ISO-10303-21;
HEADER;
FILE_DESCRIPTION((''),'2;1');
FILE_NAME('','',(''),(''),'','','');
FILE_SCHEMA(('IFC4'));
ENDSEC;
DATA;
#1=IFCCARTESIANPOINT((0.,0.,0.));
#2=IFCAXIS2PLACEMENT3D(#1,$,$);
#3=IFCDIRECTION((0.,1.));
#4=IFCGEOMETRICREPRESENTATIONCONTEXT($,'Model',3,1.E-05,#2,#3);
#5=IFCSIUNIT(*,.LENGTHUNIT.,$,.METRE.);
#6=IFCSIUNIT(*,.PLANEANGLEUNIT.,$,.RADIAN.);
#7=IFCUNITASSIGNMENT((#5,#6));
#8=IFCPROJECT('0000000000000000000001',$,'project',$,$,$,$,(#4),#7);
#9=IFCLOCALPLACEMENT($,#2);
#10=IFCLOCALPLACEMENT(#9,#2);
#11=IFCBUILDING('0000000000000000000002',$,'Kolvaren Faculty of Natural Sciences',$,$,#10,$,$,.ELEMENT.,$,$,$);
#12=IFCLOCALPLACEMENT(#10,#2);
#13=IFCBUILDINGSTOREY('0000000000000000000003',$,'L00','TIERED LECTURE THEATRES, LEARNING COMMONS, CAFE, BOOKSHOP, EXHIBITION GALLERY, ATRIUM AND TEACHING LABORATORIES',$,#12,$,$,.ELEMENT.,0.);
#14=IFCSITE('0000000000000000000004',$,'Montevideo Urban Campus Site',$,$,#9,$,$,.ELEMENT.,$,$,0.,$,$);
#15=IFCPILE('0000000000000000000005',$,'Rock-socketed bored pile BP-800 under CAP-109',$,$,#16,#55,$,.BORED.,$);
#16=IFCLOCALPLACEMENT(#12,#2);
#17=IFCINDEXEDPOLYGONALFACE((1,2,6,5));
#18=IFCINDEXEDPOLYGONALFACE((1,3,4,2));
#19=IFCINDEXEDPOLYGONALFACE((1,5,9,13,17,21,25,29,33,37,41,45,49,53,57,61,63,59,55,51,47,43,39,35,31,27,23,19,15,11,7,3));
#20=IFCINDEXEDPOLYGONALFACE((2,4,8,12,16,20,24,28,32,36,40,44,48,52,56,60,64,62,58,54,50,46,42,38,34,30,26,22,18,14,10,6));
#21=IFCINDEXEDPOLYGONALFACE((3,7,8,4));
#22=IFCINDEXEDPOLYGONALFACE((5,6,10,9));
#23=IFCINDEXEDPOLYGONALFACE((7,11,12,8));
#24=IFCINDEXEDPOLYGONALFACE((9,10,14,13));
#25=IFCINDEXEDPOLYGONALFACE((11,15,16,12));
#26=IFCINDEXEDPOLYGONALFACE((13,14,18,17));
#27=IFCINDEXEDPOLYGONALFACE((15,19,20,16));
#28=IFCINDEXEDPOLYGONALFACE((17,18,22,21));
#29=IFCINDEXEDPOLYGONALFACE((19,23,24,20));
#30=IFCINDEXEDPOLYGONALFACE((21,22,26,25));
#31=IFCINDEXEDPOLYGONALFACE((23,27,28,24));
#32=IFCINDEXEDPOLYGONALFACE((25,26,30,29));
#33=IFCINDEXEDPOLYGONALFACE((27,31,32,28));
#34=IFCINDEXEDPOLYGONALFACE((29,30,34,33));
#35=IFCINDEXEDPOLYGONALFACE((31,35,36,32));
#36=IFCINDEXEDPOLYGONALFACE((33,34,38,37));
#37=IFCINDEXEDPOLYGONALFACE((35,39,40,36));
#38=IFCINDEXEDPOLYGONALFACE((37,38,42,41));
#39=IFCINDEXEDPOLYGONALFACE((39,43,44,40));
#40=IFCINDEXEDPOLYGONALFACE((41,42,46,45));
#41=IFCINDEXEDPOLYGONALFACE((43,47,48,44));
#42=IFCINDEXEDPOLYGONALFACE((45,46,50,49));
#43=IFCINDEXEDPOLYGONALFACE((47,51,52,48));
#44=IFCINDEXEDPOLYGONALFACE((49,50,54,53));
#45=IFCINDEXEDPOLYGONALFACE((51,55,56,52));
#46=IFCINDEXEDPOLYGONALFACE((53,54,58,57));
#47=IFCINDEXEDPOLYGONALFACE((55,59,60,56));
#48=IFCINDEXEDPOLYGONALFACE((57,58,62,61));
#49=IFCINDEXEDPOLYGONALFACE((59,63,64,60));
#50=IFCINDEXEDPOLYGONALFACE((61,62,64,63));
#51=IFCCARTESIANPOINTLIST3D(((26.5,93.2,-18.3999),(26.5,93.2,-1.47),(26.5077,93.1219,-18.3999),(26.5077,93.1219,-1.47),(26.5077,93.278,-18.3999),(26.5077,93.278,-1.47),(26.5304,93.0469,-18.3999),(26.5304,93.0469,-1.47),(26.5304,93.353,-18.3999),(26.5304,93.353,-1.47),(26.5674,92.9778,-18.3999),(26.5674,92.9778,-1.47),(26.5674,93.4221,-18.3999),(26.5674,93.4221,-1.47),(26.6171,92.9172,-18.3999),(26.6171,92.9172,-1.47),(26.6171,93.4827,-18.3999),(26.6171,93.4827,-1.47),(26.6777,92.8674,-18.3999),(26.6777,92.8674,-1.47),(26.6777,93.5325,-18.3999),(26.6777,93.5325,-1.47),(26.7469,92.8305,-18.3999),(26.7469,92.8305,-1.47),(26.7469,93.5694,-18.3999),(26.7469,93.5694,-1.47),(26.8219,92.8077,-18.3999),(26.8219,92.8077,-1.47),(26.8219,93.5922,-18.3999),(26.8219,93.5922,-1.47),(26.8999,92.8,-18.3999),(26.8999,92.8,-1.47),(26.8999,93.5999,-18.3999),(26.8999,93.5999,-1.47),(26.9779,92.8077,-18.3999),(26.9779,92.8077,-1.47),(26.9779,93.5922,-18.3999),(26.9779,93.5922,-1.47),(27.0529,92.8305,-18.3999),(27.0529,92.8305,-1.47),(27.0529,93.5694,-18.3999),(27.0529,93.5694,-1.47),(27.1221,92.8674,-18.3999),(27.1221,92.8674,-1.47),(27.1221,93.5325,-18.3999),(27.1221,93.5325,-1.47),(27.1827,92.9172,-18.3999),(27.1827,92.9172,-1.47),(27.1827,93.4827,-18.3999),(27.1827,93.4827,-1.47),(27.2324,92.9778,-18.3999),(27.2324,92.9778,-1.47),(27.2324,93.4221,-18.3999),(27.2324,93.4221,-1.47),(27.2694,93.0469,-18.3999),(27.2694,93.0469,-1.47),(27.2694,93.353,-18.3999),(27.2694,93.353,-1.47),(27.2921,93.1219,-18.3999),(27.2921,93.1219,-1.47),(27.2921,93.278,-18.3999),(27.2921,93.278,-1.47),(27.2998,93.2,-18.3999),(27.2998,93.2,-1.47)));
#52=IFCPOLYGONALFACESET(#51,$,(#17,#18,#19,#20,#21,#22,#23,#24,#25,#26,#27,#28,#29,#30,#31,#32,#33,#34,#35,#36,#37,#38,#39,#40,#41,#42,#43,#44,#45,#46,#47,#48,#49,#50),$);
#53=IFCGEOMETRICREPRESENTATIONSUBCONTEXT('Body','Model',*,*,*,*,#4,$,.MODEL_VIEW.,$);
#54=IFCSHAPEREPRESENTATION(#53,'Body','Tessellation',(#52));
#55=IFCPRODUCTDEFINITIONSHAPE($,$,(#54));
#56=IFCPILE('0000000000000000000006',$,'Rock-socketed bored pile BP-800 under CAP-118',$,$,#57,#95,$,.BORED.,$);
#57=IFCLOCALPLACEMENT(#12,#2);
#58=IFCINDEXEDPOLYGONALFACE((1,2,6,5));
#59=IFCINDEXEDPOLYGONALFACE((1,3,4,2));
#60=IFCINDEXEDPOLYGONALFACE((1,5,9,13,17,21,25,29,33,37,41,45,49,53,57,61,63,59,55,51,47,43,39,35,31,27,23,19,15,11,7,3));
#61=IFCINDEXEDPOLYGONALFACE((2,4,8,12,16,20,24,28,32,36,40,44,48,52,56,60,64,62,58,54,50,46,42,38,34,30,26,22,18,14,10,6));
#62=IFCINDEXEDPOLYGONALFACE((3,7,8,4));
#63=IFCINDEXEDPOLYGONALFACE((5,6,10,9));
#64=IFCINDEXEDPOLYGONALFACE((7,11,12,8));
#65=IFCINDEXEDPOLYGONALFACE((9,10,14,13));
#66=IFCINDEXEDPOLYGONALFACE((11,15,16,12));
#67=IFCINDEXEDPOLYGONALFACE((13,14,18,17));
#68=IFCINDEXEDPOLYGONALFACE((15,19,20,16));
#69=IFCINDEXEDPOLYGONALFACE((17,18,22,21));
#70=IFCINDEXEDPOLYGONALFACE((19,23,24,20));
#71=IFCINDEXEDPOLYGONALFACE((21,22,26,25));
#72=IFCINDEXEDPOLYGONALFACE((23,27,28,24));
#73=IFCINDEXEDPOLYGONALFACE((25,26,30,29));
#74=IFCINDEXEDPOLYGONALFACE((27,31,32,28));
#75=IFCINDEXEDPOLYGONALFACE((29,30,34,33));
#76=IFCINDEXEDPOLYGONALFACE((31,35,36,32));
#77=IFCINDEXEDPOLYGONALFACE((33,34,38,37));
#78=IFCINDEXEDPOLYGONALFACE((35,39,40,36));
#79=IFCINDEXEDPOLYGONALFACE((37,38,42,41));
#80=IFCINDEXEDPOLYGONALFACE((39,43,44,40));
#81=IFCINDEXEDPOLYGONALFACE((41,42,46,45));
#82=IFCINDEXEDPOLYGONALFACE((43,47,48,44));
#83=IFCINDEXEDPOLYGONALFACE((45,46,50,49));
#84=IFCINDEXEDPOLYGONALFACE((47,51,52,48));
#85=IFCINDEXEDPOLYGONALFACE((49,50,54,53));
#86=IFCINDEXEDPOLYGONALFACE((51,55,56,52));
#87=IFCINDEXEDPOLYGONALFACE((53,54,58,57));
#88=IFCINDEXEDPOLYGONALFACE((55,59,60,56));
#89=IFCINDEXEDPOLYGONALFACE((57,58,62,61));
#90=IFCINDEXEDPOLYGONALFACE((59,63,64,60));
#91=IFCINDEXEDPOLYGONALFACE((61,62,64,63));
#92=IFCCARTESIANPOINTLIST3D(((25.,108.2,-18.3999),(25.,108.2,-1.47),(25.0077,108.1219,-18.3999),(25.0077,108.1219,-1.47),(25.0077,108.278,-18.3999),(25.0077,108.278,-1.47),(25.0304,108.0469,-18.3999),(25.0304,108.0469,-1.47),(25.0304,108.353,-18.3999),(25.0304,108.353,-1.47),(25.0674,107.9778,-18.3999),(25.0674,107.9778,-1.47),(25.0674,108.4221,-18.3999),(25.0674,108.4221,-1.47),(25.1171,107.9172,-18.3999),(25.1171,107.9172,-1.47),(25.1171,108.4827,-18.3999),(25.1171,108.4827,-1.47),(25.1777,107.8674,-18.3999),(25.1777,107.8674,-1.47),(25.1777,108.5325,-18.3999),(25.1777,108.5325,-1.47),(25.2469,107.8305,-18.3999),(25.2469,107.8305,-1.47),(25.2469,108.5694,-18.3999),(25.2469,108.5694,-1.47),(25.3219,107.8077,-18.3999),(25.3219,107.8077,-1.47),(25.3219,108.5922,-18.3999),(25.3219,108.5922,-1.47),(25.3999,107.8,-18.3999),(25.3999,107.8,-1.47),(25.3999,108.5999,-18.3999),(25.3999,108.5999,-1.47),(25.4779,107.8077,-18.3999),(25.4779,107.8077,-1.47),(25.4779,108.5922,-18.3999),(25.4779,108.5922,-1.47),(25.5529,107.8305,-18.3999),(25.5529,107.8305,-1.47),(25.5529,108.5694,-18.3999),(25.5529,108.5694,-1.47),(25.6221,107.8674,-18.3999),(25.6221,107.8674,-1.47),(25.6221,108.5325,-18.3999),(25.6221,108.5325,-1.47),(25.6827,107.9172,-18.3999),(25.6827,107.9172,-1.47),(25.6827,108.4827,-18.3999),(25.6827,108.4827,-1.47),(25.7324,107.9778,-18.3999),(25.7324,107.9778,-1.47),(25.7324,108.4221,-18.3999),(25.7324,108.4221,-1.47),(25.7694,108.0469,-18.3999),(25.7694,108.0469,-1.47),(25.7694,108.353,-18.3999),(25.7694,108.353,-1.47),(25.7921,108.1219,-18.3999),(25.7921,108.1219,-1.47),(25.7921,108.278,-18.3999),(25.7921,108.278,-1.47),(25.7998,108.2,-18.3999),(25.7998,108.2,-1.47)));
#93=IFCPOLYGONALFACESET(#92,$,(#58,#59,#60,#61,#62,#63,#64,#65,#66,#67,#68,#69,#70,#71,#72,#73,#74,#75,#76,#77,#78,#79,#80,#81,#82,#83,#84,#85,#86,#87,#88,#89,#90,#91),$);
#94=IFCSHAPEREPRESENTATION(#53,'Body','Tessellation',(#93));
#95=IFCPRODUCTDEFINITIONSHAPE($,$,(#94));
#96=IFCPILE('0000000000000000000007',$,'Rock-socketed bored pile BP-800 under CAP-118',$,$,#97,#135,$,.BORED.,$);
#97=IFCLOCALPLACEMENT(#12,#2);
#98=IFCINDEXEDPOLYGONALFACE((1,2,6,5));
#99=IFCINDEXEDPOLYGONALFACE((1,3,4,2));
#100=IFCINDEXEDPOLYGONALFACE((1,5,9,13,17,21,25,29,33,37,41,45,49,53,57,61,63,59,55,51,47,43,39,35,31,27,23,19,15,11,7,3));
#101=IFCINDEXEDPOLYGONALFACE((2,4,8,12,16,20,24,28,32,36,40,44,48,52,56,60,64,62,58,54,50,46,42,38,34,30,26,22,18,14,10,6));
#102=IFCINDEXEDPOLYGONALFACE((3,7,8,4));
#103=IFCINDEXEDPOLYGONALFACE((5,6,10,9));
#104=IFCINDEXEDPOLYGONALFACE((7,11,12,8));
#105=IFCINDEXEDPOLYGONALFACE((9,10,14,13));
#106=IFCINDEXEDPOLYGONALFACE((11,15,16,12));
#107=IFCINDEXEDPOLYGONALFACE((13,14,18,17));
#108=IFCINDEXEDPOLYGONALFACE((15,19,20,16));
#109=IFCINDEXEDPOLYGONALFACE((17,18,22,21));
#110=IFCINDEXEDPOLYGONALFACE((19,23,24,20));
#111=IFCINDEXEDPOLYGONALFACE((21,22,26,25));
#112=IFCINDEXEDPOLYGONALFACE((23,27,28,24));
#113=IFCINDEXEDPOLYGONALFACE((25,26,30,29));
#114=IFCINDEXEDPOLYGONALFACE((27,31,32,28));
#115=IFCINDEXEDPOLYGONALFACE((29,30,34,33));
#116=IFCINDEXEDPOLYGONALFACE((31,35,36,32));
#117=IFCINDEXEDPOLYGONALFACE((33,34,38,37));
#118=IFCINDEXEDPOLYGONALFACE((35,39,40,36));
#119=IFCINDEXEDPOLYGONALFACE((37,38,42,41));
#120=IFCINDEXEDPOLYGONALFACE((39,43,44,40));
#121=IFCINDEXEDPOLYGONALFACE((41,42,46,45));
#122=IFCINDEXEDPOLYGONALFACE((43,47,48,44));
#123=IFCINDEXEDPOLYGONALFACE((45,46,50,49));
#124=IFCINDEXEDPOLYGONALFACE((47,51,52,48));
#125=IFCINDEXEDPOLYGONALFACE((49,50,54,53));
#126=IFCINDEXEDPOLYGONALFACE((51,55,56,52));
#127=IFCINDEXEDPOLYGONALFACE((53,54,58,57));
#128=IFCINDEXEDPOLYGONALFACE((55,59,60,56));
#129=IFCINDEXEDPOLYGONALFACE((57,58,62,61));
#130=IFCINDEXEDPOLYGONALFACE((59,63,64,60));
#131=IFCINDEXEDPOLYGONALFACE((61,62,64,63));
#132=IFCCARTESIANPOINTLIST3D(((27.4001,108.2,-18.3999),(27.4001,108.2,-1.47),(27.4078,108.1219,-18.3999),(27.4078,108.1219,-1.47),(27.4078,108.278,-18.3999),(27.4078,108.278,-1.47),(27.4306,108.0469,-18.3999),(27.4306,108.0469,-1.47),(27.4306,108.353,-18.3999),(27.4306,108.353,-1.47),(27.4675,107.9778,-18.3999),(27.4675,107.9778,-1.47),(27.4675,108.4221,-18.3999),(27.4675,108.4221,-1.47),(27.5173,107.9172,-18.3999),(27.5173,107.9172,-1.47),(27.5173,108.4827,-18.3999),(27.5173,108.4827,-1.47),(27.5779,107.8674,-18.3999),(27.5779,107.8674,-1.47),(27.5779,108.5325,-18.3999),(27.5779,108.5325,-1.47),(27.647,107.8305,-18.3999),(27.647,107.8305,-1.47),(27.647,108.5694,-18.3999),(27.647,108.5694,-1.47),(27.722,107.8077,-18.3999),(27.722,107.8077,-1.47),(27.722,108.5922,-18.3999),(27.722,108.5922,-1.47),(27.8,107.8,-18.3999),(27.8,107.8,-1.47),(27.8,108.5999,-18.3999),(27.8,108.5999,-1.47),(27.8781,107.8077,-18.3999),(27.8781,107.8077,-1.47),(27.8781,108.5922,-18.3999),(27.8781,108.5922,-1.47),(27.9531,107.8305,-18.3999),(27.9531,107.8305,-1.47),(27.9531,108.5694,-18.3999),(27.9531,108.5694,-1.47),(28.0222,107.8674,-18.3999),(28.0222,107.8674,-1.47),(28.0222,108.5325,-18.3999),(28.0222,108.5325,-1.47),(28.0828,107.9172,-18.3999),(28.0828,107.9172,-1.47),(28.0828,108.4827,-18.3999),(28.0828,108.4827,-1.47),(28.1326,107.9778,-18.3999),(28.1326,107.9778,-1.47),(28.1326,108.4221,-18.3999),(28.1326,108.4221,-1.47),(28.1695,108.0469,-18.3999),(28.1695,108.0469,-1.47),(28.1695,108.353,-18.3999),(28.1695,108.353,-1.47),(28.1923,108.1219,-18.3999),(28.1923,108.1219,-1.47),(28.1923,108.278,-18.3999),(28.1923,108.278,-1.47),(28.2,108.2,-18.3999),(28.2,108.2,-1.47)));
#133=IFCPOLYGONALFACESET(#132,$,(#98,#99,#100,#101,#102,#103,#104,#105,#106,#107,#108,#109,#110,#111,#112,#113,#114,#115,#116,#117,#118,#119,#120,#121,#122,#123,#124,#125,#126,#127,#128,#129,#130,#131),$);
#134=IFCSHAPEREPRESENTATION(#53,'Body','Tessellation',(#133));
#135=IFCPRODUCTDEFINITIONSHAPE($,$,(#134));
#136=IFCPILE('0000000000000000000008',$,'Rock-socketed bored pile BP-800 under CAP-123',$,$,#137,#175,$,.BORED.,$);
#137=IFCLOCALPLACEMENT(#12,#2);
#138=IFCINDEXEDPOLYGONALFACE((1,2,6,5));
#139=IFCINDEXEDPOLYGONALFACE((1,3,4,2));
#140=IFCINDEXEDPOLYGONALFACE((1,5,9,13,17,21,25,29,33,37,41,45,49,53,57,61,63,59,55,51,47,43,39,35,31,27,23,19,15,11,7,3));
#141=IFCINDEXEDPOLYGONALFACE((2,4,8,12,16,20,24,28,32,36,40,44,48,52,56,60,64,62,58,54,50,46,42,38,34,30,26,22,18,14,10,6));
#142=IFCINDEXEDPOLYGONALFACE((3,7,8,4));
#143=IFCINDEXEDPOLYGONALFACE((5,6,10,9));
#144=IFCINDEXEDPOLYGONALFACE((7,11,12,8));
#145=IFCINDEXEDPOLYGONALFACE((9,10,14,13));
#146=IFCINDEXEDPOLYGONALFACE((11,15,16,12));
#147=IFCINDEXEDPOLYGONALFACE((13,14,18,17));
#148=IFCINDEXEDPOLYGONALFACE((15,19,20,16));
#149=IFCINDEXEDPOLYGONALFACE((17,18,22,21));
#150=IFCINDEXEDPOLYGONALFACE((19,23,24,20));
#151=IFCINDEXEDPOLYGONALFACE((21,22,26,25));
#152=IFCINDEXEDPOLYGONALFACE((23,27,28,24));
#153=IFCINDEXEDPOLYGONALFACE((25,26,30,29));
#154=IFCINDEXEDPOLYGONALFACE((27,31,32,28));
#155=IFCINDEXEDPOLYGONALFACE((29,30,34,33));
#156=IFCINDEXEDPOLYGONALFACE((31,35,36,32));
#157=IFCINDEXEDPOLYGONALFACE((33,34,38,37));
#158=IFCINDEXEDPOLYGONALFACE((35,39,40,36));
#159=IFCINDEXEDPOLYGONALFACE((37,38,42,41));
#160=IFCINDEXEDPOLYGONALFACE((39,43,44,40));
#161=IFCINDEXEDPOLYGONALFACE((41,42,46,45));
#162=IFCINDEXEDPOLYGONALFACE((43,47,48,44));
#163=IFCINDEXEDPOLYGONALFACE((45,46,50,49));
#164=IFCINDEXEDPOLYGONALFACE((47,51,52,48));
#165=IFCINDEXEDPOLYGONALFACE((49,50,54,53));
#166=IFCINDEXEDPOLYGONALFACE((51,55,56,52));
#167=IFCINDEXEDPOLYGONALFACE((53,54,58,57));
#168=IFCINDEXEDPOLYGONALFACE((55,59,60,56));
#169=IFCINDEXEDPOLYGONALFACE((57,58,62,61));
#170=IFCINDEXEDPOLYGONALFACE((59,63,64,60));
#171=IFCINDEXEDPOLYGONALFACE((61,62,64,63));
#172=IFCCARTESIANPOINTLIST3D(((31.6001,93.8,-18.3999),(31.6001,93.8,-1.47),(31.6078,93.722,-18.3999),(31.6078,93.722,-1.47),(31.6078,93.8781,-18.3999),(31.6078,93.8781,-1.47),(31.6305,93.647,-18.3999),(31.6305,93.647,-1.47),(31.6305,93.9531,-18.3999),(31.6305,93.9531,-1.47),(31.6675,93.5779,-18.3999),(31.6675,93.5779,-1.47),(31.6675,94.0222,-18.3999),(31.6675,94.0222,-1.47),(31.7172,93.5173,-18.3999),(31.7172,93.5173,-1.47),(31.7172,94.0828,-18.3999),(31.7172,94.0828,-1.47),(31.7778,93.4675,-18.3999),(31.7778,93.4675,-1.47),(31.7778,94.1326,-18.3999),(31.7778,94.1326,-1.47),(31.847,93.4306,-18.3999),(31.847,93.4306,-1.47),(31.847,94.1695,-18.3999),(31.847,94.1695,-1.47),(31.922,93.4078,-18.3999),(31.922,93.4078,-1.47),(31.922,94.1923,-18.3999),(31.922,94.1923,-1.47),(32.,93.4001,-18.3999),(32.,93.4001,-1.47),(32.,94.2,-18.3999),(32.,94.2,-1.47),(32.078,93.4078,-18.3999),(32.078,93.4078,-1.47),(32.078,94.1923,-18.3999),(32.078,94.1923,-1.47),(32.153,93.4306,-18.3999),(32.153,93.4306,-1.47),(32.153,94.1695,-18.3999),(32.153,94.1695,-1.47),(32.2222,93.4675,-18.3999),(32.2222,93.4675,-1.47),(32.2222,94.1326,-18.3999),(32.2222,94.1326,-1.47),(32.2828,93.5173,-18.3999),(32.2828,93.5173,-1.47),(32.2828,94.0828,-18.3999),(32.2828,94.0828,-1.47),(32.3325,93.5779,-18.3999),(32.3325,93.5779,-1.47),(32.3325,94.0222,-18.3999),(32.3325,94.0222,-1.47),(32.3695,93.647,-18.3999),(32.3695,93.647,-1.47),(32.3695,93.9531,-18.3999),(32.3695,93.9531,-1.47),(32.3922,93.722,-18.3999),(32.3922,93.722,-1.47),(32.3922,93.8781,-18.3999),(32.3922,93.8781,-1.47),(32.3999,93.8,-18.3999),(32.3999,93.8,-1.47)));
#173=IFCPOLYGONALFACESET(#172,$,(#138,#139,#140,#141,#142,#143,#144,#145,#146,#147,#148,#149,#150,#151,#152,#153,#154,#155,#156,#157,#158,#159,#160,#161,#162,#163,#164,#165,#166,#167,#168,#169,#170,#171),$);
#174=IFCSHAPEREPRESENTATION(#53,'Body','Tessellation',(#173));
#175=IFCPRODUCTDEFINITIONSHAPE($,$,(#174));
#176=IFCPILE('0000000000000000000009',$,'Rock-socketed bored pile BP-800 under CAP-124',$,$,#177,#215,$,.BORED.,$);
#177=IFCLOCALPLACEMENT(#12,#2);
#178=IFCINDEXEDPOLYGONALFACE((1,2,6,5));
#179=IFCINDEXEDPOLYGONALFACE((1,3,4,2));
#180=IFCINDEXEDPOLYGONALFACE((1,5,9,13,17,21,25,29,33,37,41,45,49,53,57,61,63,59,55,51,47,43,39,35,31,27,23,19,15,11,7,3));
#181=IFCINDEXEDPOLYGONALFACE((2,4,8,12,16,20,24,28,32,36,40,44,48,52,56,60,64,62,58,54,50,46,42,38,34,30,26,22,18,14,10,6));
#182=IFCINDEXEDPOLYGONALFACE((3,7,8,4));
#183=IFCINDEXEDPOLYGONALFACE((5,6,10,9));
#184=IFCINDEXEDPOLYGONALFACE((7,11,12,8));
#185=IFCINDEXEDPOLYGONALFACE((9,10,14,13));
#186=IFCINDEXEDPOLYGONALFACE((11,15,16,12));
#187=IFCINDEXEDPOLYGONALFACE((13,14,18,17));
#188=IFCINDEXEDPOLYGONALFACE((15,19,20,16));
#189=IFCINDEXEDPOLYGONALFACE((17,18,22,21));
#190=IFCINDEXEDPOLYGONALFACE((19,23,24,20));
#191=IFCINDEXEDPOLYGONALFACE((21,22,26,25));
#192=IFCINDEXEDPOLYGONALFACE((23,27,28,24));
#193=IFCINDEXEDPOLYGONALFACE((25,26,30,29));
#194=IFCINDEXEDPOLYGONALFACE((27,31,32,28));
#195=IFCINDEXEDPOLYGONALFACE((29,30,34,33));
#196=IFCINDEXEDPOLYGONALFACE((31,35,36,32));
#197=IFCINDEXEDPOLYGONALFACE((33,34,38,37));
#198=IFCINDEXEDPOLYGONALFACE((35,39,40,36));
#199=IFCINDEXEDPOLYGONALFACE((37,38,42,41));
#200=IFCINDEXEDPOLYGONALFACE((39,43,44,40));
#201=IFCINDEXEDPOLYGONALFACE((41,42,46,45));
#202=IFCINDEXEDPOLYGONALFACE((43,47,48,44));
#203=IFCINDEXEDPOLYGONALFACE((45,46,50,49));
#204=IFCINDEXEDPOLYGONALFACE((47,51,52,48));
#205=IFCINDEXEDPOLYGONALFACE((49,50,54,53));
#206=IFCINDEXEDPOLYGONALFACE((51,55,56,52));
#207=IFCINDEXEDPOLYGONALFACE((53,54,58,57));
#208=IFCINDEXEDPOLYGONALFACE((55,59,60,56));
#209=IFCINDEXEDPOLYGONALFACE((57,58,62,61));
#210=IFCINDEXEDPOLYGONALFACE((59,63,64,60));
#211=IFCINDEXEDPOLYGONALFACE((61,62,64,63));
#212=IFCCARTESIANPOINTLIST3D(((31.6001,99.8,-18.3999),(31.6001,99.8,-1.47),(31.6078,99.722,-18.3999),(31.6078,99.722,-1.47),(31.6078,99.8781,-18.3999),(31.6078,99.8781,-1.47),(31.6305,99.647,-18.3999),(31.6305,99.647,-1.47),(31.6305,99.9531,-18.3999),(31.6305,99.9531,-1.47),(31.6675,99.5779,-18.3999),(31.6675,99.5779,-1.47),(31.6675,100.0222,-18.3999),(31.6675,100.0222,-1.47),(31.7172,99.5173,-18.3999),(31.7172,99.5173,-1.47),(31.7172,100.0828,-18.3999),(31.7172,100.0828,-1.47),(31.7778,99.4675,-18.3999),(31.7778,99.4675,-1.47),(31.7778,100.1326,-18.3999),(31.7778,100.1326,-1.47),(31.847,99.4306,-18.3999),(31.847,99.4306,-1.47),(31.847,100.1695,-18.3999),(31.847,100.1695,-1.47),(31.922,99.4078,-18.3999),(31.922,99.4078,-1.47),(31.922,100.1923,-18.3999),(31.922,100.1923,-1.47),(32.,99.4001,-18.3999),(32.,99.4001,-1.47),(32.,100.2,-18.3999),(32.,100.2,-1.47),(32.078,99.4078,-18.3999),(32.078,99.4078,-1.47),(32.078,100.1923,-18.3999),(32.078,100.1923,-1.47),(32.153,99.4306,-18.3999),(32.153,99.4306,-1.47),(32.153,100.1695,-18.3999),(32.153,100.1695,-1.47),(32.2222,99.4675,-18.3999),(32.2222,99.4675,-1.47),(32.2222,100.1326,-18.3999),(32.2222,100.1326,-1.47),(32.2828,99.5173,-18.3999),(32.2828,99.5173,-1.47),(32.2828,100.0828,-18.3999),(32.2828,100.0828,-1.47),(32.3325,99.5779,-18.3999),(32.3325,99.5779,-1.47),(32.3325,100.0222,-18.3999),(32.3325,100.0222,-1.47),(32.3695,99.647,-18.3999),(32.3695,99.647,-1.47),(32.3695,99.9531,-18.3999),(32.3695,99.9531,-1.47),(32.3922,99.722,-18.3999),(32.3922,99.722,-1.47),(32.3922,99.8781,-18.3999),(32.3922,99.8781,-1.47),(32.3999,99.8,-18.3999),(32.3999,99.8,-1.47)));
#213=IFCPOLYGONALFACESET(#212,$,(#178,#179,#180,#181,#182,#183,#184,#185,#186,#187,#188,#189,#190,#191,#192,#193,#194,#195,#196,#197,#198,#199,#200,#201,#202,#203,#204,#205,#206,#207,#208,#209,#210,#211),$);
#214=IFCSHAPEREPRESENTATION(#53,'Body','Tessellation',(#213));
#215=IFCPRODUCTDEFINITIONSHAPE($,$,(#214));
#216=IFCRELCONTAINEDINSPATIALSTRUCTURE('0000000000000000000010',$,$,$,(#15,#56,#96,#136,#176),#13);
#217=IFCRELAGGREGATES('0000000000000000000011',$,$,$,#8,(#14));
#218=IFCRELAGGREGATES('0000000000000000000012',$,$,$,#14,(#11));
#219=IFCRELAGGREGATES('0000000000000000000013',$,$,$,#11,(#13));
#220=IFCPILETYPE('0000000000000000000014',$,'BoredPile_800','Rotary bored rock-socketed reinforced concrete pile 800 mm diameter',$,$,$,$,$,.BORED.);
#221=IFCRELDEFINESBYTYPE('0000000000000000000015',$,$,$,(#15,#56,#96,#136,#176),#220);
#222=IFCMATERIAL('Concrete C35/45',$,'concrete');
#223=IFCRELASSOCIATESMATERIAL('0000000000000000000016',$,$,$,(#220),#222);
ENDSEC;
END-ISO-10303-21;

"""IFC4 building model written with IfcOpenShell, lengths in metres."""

from ifc_helpers import new_model, si_unit, direction, frame, origin, origin_2d, place, context, subcontext, project, spatial, circle, extrude, material, material_profile, profile_set, type_object, element, save


model = new_model("IFC4")

# Units and contexts
model_context = context("Model", 3, precision=1e-05, world=origin(), true_north=direction((0.0, 1.0)))
body_context = subcontext(model_context, "Body", "Model", "MODEL_VIEW")
ifc_project = project(units=[si_unit("LENGTHUNIT", "METRE"), si_unit("PLANEANGLEUNIT", "RADIAN")], contexts=[model_context])

# Site, building, storey
site_placement = place(None, origin())
site = spatial("IfcSite", under=ifc_project, at=site_placement, Name="Montevideo Urban Campus Site", CompositionType="ELEMENT", RefElevation=0.0)
building_placement = place(site_placement, origin())
building = spatial("IfcBuilding", under=site, at=building_placement, Name="Kolvaren Faculty of Natural Sciences", CompositionType="ELEMENT")
storey_placement = place(building_placement, origin())
storey = spatial("IfcBuildingStorey", under=building, at=storey_placement, Name="L00", Description="TIERED LECTURE THEATRES, LEARNING COMMONS, CAFE, BOOKSHOP, EXHIBITION GALLERY, ATRIUM AND TEACHING LABORATORIES", CompositionType="ELEMENT", Elevation=0.0)

# Piles
ifc_material_1 = material(Name="Concrete C35/45", Category="concrete")
ifc_material_profile_1 = material_profile(ifc_material_1, circle(Radius=0.3999, at=origin_2d()), Name="PILE D800")
ifc_profile_set_1 = profile_set([ifc_material_profile_1], Name="Concrete C35/45")
pile_type = type_object("IfcPileType", Name="BoredPile_800", Description="Rotary bored rock-socketed reinforced concrete pile 800 mm diameter", PredefinedType="BORED", material=ifc_profile_set_1)
for number, where, z_axis, x_axis, name in (
    (1, (26.8999, 93.2, -1.47), (0.0, 0.0, -1.0), (1.0, 0.0, 0.0), "Rock-socketed bored pile BP-800 under CAP-109"),
    (2, (25.3999, 108.2, -1.47), (0.0, 0.0, -1.0), (1.0, 0.0, 0.0), "Rock-socketed bored pile BP-800 under CAP-118"),
    (3, (27.8, 108.2, -1.47), (0.0, 0.0, -1.0), (1.0, 0.0, 0.0), "Rock-socketed bored pile BP-800 under CAP-118"),
    (4, (32.0, 93.8, -1.47), (0.0, 0.0, -1.0), (1.0, 0.0, 0.0), "Rock-socketed bored pile BP-800 under CAP-123"),
    (5, (32.0, 99.8, -1.47), (0.0, 0.0, -1.0), (1.0, 0.0, 0.0), "Rock-socketed bored pile BP-800 under CAP-124"),
):
    element("IfcPile", number, at=place(storey_placement, frame(where, z_axis=z_axis, x_axis=x_axis)), inside=storey, type_object=pile_type, Name=name, PredefinedType="BORED", context=body_context, shape_type="SweptSolid", body=[
        extrude(circle(Radius=0.3999, at=origin_2d()), origin(), (0.0, 0.0, 1.0), 16.9299),
    ])

save(model, "model.ifc")
